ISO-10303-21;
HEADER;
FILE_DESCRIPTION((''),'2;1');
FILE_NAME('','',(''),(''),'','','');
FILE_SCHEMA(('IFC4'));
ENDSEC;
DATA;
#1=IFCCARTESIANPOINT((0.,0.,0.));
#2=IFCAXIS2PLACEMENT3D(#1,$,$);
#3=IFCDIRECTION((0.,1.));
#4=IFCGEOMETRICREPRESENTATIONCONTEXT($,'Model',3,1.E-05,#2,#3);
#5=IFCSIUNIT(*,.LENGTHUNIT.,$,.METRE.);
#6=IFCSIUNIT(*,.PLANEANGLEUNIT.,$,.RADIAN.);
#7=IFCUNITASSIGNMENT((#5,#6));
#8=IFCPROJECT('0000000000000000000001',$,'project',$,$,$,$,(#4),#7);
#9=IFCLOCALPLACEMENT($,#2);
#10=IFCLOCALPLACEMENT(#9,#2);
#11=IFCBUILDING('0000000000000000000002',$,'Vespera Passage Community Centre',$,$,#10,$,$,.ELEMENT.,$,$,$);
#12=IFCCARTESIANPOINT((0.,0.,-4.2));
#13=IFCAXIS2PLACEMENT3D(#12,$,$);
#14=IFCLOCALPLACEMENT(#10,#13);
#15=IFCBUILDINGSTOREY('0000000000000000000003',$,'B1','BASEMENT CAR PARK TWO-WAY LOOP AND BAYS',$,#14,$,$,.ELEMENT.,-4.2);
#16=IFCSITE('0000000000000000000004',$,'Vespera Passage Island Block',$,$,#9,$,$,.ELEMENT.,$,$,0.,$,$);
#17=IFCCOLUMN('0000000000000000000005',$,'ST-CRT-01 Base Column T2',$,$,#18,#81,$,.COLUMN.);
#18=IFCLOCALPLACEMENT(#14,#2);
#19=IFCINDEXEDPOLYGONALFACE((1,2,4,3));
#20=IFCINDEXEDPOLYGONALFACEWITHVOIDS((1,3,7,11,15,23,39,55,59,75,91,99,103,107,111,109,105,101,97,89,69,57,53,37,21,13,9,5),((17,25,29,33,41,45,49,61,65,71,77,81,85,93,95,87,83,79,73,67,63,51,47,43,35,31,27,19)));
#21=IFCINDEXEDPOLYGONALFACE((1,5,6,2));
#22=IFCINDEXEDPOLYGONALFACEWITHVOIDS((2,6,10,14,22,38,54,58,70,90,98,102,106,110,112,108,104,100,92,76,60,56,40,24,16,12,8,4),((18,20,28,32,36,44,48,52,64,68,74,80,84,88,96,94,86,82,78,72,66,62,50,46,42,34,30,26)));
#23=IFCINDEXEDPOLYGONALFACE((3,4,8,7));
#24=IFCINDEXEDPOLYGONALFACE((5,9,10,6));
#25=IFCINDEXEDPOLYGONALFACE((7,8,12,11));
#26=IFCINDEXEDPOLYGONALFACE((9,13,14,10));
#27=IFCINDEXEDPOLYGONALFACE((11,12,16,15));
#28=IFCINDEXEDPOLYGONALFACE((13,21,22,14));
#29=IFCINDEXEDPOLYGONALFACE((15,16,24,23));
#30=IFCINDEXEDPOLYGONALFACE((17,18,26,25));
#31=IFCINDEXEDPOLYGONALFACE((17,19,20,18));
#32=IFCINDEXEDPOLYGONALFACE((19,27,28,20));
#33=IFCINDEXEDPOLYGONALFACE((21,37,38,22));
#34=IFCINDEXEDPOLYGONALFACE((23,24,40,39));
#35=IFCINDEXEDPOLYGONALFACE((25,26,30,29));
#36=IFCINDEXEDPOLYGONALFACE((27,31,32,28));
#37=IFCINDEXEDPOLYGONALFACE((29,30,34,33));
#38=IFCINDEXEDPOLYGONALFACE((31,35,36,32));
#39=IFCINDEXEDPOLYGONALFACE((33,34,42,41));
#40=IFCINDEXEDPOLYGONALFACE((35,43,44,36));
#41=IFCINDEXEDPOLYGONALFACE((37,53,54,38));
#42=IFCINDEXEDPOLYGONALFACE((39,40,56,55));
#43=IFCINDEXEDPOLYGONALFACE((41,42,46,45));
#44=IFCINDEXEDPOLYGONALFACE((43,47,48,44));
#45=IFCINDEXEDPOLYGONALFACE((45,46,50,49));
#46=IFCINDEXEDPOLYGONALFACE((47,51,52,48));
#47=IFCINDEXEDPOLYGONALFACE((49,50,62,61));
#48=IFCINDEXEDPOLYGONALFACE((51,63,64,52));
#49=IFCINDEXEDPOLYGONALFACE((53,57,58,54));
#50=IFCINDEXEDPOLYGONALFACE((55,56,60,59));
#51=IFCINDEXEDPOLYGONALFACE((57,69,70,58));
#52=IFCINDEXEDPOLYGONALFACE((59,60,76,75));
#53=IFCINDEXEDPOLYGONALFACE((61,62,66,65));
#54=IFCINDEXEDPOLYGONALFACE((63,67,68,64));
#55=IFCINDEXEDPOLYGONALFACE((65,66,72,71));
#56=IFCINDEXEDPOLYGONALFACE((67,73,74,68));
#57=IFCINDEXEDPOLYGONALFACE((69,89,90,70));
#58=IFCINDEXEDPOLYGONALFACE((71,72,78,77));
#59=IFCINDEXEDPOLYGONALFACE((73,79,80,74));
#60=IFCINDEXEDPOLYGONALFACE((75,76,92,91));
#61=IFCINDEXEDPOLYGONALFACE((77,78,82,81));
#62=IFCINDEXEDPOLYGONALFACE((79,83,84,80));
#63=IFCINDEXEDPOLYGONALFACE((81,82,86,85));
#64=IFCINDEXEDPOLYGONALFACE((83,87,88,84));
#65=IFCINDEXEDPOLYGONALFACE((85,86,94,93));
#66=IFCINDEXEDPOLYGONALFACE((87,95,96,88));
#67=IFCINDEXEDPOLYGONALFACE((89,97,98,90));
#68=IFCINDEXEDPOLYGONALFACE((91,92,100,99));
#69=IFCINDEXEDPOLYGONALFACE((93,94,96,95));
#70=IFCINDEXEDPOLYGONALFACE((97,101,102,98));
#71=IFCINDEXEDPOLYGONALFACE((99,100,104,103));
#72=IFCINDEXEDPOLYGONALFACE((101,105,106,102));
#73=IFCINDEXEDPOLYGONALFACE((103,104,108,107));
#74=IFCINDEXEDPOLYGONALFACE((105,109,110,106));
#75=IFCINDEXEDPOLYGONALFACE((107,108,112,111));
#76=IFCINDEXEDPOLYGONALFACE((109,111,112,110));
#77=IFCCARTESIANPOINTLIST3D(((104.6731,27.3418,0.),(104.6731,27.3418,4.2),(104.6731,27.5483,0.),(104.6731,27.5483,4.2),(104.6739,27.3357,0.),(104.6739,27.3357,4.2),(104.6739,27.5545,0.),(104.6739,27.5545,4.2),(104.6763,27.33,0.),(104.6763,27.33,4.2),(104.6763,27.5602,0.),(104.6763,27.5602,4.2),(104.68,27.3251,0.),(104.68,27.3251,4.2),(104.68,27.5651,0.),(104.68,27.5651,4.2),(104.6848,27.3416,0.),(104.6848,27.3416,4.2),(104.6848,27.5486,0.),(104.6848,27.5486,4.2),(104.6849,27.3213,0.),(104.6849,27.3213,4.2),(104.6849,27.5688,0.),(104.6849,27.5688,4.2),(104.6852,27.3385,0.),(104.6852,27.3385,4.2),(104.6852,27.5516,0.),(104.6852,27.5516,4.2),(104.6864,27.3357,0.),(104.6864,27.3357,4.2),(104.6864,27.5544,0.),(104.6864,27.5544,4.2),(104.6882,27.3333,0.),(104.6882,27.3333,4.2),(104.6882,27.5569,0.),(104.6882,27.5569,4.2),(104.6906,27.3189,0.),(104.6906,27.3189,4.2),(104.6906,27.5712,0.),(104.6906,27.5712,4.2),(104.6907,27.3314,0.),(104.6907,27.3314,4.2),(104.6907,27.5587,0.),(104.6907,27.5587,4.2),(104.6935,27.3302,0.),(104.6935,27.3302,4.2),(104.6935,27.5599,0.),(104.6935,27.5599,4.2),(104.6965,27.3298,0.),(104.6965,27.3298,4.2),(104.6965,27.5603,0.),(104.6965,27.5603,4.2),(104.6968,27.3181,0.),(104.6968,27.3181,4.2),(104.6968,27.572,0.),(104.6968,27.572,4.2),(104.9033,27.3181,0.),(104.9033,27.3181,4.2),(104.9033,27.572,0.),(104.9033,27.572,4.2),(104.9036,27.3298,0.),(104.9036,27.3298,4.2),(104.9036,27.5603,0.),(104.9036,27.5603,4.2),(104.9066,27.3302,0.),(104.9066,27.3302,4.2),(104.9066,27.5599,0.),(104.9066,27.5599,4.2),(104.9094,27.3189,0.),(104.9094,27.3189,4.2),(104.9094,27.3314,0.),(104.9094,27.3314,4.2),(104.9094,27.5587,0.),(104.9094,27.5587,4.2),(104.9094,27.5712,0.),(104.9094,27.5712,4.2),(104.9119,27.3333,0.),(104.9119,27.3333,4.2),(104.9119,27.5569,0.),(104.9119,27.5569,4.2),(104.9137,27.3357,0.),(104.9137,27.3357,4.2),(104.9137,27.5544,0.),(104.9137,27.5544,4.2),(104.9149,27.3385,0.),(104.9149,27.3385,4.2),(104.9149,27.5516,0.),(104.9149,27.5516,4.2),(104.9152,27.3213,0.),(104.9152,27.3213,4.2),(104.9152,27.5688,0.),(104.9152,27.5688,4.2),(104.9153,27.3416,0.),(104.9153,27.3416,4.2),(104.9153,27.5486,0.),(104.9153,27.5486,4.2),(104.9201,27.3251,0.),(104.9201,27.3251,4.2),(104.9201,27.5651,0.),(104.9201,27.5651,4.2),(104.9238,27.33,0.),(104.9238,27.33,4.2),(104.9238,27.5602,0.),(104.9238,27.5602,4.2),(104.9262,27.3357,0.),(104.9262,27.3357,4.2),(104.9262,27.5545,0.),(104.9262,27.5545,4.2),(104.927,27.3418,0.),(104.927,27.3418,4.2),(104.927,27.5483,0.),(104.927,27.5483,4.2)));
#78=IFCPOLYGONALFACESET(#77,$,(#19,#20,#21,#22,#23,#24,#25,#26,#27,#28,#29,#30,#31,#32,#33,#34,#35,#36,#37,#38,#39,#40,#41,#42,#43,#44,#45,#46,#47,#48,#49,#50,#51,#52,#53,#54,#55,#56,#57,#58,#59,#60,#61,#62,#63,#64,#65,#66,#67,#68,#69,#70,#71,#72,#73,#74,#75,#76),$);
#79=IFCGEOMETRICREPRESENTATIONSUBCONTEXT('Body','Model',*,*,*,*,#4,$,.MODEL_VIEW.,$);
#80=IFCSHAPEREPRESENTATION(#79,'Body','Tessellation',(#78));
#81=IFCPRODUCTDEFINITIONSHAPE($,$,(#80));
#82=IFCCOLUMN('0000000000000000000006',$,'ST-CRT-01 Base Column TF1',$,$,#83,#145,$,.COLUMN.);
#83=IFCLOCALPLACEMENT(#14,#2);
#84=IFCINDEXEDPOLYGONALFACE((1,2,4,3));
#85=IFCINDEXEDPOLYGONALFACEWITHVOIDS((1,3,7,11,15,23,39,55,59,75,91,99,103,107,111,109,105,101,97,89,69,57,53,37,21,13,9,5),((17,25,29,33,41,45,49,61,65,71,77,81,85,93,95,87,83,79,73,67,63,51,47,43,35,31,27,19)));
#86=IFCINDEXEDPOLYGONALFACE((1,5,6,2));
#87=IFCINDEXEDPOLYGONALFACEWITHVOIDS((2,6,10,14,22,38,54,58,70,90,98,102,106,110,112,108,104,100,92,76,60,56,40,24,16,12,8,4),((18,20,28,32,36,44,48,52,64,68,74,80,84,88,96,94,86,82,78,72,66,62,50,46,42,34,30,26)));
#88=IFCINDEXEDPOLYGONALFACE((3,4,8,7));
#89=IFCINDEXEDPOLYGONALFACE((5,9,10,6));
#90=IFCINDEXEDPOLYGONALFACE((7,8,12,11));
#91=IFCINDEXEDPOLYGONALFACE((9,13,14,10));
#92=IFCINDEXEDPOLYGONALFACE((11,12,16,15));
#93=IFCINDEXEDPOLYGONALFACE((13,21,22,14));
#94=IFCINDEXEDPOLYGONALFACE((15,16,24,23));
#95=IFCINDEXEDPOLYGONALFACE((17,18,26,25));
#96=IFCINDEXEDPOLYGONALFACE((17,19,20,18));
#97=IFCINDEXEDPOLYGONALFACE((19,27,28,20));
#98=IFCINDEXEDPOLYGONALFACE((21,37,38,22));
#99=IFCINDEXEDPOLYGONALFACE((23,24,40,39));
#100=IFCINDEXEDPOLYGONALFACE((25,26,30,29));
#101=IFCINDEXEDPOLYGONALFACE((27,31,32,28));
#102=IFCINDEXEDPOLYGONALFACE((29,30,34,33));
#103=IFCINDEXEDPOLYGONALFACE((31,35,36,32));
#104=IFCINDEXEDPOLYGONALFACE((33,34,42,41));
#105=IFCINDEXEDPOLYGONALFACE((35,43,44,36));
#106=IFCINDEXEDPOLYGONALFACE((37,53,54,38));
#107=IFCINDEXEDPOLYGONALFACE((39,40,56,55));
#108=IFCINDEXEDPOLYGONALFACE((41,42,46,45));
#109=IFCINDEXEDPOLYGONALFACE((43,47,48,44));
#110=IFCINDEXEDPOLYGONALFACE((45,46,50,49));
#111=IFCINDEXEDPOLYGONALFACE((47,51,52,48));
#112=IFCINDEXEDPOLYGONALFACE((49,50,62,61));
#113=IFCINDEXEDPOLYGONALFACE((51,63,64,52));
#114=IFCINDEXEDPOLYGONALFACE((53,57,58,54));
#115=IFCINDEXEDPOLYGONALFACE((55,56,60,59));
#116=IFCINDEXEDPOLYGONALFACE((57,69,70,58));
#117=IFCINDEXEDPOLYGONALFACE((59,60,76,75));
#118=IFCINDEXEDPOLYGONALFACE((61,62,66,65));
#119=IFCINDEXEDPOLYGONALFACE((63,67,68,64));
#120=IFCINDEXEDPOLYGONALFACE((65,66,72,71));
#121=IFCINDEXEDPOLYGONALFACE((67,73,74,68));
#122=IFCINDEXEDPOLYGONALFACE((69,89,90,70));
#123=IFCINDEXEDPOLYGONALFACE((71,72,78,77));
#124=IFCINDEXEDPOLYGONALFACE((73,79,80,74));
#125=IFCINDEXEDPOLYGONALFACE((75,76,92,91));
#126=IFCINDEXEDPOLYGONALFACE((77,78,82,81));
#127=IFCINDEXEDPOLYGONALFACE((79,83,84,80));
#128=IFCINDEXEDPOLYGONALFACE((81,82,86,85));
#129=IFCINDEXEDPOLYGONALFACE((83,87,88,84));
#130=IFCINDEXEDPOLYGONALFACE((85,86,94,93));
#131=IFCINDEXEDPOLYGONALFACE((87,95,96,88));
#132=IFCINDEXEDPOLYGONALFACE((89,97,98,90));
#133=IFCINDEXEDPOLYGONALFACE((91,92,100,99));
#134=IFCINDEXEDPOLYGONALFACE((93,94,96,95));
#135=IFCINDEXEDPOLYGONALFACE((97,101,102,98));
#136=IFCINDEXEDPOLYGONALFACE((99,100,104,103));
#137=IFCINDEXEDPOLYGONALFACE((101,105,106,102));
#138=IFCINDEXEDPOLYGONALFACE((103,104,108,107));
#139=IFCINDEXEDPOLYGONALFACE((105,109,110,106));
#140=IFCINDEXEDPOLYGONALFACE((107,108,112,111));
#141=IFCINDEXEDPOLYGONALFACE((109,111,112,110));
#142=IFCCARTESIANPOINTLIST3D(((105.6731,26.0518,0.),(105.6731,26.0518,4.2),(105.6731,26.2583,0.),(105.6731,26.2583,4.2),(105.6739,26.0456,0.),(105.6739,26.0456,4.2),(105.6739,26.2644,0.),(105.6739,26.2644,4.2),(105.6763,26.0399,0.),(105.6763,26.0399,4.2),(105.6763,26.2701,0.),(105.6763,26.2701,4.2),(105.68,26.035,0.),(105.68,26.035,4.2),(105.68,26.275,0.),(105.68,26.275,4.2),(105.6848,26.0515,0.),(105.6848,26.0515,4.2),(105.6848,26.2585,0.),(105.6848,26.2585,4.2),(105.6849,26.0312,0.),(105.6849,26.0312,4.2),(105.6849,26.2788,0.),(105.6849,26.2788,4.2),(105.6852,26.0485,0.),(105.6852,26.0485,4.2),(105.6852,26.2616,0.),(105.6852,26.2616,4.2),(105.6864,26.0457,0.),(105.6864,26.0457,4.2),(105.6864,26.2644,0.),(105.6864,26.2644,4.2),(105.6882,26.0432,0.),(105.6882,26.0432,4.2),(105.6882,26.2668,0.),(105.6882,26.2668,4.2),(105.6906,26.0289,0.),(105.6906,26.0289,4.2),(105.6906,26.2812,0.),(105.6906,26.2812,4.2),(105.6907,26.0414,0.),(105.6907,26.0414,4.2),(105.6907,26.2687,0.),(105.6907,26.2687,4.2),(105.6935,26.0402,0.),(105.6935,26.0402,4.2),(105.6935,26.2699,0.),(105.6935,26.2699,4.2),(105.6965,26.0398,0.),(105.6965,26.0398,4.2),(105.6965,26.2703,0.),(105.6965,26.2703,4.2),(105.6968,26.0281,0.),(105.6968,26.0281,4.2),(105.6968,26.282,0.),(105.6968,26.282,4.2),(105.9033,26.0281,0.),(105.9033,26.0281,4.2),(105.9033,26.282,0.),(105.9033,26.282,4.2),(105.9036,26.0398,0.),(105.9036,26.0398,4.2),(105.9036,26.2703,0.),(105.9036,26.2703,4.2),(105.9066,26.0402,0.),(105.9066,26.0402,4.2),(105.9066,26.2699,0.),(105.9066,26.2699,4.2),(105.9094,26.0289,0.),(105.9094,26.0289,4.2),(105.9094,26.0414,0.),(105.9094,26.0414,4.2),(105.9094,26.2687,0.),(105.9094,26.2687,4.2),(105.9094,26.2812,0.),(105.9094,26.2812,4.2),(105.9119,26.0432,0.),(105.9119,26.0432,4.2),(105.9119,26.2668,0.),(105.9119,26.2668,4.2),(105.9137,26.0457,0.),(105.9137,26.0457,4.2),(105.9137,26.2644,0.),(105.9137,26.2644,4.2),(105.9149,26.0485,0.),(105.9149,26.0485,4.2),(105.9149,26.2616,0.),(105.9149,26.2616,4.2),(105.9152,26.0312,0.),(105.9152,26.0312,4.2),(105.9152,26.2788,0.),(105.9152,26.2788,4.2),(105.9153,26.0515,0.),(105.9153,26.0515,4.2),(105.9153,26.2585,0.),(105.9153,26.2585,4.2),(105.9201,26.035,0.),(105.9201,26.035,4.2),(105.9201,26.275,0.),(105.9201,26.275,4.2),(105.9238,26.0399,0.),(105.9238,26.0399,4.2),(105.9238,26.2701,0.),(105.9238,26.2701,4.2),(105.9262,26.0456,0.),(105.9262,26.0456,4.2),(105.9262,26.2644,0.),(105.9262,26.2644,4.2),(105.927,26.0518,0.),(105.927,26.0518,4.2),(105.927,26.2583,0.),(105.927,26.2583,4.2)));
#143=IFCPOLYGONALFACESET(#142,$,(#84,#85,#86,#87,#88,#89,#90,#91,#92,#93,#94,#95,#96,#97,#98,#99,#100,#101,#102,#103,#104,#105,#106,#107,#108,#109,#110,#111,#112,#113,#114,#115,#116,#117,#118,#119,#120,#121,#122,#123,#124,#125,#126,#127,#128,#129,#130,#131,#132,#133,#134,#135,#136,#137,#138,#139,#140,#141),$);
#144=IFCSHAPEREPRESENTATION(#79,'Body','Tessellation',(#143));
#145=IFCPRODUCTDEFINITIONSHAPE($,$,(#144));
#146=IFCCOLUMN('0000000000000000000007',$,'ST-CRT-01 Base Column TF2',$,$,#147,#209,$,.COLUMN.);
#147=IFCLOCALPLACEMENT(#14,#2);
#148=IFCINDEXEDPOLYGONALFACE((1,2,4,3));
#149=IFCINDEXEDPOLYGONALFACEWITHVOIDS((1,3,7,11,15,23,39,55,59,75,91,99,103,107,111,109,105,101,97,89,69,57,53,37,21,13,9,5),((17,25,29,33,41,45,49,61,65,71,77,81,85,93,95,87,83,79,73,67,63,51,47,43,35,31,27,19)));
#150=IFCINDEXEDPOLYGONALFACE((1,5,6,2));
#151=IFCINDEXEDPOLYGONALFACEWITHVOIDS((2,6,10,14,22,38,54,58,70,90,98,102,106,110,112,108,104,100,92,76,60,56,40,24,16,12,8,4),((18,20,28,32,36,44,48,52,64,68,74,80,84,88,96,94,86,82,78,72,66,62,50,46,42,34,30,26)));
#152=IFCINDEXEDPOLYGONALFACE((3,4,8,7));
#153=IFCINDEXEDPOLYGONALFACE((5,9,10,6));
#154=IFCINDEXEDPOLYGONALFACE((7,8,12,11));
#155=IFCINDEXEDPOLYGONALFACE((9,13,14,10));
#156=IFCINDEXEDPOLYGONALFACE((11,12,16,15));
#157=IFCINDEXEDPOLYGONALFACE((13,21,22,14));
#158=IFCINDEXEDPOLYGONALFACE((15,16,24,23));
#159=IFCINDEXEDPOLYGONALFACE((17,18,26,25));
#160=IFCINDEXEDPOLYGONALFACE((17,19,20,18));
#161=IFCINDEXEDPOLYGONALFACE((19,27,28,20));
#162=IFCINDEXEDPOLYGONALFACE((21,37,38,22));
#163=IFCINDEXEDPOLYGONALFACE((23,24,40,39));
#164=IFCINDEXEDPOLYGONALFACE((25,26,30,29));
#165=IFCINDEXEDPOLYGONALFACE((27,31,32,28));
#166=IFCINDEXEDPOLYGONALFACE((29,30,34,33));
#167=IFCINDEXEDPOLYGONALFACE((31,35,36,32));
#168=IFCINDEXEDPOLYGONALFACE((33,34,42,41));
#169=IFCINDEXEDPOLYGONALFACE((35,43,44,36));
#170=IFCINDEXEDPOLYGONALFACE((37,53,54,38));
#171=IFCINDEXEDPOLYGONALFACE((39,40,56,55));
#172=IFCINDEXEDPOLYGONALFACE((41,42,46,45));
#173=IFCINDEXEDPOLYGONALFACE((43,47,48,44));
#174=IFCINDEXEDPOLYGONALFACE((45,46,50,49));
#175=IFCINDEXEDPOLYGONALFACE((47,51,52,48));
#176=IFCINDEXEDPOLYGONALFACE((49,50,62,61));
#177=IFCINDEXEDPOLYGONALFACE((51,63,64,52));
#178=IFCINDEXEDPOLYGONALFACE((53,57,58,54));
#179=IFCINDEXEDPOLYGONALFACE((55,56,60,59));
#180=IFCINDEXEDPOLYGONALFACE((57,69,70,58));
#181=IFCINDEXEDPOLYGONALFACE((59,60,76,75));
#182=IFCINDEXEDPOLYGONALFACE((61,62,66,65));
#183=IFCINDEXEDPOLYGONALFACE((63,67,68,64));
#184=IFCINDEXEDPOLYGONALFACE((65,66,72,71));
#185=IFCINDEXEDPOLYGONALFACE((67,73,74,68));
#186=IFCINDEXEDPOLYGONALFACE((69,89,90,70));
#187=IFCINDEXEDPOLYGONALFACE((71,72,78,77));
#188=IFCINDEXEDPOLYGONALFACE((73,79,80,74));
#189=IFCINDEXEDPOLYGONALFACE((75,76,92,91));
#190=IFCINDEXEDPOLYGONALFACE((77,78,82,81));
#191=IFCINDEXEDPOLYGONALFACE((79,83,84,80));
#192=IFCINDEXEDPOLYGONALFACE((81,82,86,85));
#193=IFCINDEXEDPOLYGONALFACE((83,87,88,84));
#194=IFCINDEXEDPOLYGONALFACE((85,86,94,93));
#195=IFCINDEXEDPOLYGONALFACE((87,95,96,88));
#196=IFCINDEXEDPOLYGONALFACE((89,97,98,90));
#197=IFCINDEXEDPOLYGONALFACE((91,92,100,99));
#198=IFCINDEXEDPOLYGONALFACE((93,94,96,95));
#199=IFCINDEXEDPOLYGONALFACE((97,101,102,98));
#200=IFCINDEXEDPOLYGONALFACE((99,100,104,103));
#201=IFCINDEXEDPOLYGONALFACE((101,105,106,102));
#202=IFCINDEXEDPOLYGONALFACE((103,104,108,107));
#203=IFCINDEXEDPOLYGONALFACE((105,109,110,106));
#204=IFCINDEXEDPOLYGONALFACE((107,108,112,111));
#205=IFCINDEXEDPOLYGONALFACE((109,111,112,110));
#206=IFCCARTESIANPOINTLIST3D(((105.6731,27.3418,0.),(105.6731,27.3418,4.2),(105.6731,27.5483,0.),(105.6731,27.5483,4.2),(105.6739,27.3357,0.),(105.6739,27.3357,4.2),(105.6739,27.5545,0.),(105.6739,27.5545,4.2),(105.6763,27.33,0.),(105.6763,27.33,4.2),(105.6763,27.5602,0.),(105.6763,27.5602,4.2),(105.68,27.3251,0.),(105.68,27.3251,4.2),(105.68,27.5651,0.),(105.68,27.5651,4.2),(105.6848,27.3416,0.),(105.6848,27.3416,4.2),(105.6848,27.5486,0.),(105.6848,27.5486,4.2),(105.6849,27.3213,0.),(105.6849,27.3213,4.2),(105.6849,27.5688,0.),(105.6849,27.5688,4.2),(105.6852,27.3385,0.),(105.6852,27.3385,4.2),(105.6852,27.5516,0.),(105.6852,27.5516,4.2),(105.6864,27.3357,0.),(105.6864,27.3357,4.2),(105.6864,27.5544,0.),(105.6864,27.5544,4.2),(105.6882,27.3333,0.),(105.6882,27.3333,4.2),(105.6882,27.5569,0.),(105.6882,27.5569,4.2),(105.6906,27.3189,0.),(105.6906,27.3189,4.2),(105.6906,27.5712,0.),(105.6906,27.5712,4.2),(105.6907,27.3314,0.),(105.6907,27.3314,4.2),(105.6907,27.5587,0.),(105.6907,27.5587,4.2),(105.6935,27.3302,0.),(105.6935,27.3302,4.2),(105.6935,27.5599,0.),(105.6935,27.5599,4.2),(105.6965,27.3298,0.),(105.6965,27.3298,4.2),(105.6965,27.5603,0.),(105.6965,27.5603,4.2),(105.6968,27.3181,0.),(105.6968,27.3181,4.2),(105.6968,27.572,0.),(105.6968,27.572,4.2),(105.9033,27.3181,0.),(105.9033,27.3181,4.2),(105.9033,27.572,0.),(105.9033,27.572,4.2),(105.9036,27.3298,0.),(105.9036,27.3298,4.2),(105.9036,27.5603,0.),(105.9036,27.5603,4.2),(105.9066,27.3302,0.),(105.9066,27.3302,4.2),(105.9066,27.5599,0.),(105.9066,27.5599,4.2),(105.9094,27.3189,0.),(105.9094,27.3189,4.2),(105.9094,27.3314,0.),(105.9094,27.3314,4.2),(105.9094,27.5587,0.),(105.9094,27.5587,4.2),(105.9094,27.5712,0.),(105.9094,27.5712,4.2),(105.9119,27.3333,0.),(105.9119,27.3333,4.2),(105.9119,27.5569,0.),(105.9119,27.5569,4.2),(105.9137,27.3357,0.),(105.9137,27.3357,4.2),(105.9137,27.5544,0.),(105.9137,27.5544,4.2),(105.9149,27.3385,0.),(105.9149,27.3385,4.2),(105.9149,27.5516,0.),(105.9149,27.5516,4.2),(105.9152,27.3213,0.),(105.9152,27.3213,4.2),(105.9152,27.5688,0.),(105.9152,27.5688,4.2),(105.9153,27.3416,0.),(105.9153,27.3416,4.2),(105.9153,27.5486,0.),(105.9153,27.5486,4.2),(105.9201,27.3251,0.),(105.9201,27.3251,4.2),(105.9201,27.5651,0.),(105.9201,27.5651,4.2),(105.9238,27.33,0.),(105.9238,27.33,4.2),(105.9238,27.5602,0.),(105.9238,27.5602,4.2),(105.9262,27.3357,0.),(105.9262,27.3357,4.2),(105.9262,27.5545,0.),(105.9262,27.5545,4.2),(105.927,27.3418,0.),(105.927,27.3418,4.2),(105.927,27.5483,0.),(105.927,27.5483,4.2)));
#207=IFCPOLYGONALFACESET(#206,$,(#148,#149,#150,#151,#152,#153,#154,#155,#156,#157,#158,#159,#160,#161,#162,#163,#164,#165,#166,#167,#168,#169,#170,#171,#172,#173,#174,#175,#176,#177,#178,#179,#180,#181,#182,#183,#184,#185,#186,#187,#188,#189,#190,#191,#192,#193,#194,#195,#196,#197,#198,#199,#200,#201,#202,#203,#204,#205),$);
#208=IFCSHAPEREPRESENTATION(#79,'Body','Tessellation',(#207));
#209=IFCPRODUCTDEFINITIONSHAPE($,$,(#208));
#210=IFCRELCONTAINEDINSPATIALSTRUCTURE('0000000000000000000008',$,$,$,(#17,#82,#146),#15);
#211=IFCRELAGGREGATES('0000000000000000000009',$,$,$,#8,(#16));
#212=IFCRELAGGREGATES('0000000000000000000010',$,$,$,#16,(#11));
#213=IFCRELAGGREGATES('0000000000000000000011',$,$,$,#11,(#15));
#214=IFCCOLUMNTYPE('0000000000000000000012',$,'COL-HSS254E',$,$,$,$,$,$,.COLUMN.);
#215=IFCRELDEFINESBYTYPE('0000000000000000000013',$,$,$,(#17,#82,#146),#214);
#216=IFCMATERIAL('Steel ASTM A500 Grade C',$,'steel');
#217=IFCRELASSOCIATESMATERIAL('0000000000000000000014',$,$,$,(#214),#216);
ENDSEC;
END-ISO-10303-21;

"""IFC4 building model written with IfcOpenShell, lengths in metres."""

from ifc_helpers import new_model, si_unit, direction, frame, origin, origin_2d, place, context, subcontext, project, spatial, hollow_rectangle, extrude, material, material_profile, profile_set, type_object, element, save


model = new_model("IFC4")

# Units and contexts
model_context = context("Model", 3, precision=1e-05, world=origin(), true_north=direction((0.0, 1.0)))
body_context = subcontext(model_context, "Body", "Model", "MODEL_VIEW")
ifc_project = project(units=[si_unit("LENGTHUNIT", "METRE"), si_unit("PLANEANGLEUNIT", "RADIAN")], contexts=[model_context])

# Site, building, storey
site_placement = place(None, origin())
site = spatial("IfcSite", under=ifc_project, at=site_placement, Name="Vespera Passage Island Block", CompositionType="ELEMENT", RefElevation=0.0)
building_placement = place(site_placement, origin())
building = spatial("IfcBuilding", under=site, at=building_placement, Name="Vespera Passage Community Centre", CompositionType="ELEMENT")
storey_placement = place(building_placement, frame((0.0, 0.0, -4.2)))
storey = spatial("IfcBuildingStorey", under=building, at=storey_placement, Name="B1", Description="BASEMENT CAR PARK TWO-WAY LOOP AND BAYS", CompositionType="ELEMENT", Elevation=-4.2)

# Columns
ifc_material_1 = material(Name="Steel ASTM A500 Grade C", Category="steel")
ifc_material_profile_1 = material_profile(ifc_material_1, hollow_rectangle(XDim=0.2539, YDim=0.2539, WallThickness=0.0117, InnerFilletRadius=0.0117, OuterFilletRadius=0.0237, at=origin_2d()), Name="HSS254X254X12.7")
ifc_profile_set_1 = profile_set([ifc_material_profile_1], Name="Steel ASTM A500 Grade C")
column_type_1 = type_object("IfcColumnType", Name="COL-HSS254E", PredefinedType="COLUMN", material=ifc_profile_set_1)
for number, where, z_axis, x_axis, name in (
    (1, (104.8, 27.4451, 0.0), (0.0, 0.0, 1.0), (1.0, 0.0, 0.0), "ST-CRT-01 Base Column T2"),
    (2, (105.8, 26.155, 0.0), (0.0, 0.0, 1.0), (1.0, 0.0, 0.0), "ST-CRT-01 Base Column TF1"),
    (3, (105.8, 27.4451, 0.0), (0.0, 0.0, 1.0), (1.0, 0.0, 0.0), "ST-CRT-01 Base Column TF2"),
):
    element("IfcColumn", number, at=place(storey_placement, frame(where, z_axis=z_axis, x_axis=x_axis)), inside=storey, type_object=column_type_1, Name=name, PredefinedType="COLUMN", context=body_context, shape_type="SweptSolid", body=[
        extrude(hollow_rectangle(XDim=0.2539, YDim=0.2539, WallThickness=0.0117, InnerFilletRadius=0.0117, OuterFilletRadius=0.0237, at=origin_2d()), origin(), (0.0, 0.0, 1.0), 4.2),
    ])

save(model, "model.ifc")
